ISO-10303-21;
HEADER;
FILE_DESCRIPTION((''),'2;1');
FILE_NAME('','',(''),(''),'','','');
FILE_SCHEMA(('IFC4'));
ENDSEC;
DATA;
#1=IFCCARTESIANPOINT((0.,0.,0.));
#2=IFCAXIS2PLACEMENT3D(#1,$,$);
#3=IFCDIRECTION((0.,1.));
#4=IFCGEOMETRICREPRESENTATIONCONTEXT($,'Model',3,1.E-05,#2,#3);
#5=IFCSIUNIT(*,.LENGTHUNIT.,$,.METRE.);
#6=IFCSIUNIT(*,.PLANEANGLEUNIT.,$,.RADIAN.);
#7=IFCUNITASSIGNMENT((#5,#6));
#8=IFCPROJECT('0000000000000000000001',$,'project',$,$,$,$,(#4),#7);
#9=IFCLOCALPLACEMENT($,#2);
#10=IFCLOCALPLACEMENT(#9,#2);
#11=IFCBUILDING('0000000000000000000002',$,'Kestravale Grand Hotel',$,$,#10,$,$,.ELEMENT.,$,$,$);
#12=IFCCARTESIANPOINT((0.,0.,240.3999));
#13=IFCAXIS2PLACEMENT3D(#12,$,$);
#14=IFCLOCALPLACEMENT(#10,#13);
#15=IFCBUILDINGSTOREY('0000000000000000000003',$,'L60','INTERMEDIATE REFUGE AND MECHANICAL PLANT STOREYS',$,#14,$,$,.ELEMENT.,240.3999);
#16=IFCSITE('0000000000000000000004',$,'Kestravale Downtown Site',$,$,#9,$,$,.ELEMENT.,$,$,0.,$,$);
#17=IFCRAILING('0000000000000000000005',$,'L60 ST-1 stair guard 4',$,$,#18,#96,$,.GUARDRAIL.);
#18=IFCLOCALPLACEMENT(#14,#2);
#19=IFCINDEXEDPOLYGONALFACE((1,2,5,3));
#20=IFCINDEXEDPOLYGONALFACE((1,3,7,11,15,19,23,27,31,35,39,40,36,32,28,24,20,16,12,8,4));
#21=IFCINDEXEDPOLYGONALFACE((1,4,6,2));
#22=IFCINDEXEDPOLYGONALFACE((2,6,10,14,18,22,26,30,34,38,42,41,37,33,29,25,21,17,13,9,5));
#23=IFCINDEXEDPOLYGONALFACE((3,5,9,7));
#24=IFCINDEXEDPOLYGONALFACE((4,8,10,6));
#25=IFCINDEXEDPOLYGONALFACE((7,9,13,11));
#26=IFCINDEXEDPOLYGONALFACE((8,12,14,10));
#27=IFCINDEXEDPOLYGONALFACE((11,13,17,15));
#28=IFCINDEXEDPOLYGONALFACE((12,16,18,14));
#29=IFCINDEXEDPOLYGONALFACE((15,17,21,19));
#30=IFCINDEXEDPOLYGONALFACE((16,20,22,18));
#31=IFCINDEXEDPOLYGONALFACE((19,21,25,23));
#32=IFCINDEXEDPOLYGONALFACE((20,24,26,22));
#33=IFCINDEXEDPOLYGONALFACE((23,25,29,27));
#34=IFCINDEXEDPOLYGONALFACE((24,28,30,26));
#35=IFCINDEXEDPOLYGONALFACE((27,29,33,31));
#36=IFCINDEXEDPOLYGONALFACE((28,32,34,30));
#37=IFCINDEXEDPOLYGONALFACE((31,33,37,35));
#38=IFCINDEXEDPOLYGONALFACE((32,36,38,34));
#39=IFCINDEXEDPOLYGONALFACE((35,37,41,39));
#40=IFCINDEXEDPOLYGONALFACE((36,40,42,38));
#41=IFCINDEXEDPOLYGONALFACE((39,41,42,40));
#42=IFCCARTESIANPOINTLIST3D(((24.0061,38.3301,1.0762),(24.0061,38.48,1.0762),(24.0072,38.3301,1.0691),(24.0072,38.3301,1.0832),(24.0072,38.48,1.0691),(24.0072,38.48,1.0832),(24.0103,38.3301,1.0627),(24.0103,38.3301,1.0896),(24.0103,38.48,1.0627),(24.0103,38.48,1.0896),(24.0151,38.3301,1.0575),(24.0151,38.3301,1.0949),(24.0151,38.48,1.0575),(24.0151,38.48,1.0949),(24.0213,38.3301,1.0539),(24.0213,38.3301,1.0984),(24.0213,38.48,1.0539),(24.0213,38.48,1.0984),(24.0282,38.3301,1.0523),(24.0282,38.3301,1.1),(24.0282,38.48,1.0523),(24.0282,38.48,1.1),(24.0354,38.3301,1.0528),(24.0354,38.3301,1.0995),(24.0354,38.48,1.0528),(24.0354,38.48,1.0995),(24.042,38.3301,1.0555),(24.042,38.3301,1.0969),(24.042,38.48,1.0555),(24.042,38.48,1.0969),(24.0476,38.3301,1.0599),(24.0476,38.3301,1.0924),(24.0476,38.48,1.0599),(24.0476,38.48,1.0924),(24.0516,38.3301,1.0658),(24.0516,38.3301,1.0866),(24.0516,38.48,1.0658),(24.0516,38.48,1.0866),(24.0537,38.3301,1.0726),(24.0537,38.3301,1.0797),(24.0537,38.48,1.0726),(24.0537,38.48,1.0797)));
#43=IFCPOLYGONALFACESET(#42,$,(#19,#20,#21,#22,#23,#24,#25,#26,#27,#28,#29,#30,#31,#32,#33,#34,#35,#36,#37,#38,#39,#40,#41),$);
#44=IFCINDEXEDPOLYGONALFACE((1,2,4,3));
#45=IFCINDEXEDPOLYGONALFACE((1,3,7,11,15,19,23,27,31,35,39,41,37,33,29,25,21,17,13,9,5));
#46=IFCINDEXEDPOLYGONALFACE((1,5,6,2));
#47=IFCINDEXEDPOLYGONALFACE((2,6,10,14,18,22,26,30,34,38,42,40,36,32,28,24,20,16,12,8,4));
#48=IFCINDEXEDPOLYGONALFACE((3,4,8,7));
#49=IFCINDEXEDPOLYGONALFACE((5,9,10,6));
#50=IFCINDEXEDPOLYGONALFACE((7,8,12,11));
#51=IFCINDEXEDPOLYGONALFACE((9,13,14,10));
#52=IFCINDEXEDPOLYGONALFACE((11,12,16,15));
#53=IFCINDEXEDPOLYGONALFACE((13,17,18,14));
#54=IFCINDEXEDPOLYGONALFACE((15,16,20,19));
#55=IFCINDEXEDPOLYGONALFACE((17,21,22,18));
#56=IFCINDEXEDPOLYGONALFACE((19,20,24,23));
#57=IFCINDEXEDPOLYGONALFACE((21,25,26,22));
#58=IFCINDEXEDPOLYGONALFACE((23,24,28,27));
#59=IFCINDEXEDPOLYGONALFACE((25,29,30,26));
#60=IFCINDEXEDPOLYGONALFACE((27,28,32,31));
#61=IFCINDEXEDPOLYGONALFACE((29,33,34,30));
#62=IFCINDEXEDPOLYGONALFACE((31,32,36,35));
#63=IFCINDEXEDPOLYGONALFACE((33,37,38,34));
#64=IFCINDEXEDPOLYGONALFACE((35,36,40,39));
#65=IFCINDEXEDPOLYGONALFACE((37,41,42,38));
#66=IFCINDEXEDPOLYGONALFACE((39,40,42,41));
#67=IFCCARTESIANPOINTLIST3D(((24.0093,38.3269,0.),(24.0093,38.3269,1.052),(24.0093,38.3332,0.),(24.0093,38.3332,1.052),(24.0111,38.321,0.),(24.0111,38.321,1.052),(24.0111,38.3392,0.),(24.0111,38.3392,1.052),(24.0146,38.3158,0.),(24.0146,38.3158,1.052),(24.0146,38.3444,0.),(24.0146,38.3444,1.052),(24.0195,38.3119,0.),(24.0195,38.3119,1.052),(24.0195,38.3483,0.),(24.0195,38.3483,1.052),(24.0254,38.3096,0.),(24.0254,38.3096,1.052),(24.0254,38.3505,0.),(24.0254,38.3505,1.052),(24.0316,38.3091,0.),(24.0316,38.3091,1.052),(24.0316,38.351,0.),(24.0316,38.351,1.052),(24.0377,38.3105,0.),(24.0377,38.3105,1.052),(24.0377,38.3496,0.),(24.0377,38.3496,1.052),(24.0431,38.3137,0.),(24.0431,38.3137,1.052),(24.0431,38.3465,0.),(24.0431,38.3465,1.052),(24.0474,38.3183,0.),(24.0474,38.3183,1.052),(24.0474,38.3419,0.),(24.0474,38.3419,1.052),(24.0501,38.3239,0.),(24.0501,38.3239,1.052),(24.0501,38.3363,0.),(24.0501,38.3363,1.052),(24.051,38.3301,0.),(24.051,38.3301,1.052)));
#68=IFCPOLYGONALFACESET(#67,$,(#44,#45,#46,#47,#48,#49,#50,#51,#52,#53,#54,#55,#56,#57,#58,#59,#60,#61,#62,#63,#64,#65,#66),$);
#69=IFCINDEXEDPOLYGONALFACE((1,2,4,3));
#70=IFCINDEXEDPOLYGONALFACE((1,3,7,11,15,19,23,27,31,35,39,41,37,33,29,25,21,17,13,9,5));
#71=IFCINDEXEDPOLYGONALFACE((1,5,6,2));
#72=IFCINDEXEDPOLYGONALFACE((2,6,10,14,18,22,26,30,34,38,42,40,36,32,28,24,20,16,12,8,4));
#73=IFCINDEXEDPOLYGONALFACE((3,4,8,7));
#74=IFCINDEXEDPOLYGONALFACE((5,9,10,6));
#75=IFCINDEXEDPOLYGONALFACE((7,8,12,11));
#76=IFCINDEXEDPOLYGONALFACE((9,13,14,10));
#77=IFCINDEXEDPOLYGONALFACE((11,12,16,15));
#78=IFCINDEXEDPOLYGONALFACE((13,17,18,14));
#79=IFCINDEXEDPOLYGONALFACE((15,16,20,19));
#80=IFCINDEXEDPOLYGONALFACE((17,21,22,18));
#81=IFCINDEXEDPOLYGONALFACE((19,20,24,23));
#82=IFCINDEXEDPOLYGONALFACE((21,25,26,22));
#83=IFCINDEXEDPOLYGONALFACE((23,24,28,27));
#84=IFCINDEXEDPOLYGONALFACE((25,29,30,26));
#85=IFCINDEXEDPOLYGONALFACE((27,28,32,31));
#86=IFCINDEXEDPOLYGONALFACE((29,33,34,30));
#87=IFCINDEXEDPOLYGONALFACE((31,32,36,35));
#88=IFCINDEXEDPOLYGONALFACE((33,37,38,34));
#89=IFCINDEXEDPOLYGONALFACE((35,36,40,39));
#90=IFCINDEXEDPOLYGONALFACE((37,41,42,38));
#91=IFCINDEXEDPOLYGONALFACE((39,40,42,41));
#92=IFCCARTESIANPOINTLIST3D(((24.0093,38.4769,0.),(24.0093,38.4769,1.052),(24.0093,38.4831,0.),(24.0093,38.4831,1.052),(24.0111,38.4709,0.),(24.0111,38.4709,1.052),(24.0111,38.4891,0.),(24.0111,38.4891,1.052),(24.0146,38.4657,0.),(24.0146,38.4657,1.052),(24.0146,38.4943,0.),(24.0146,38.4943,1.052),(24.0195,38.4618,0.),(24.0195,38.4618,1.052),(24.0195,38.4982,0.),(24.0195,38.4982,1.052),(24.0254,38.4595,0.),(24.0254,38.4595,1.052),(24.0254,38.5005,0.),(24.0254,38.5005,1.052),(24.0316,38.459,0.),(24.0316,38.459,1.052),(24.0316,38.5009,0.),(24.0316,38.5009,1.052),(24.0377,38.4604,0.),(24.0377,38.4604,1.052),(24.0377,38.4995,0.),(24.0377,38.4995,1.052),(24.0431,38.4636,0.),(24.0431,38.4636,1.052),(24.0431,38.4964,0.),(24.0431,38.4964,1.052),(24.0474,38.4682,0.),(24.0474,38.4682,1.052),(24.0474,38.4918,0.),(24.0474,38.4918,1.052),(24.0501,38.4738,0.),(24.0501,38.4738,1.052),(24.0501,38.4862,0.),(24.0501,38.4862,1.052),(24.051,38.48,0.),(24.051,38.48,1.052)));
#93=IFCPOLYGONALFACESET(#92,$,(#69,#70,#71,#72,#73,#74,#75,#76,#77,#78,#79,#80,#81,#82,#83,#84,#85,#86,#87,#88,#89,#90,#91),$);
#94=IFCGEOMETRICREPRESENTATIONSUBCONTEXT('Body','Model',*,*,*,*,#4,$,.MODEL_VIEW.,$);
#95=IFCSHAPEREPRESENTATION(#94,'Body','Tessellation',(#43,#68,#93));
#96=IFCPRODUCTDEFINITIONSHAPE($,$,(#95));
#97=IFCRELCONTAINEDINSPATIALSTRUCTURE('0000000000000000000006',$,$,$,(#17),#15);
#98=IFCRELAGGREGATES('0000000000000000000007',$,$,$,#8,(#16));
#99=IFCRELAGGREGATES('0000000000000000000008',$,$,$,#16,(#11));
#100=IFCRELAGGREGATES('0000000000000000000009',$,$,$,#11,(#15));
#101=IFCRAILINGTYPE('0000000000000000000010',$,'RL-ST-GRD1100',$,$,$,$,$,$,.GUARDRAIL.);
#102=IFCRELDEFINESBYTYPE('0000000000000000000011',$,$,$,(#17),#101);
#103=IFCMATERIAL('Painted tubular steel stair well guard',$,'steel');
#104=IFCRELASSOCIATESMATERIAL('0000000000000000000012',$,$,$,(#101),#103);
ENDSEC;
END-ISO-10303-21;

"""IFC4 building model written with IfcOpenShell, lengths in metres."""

from ifc_helpers import new_model, si_unit, direction, frame, origin, origin_2d, place, context, subcontext, project, spatial, circle, extrude, material, type_object, element, save


model = new_model("IFC4")

# Units and contexts
model_context = context("Model", 3, precision=1e-05, world=origin(), true_north=direction((0.0, 1.0)))
body_context = subcontext(model_context, "Body", "Model", "MODEL_VIEW")
ifc_project = project(units=[si_unit("LENGTHUNIT", "METRE"), si_unit("PLANEANGLEUNIT", "RADIAN")], contexts=[model_context])

# Site, building, storey
site_placement = place(None, origin())
site = spatial("IfcSite", under=ifc_project, at=site_placement, Name="Kestravale Downtown Site", CompositionType="ELEMENT", RefElevation=0.0)
building_placement = place(site_placement, origin())
building = spatial("IfcBuilding", under=site, at=building_placement, Name="Kestravale Grand Hotel", CompositionType="ELEMENT")
storey_placement = place(building_placement, frame((0.0, 0.0, 240.3999)))
storey = spatial("IfcBuildingStorey", under=building, at=storey_placement, Name="L60", Description="INTERMEDIATE REFUGE AND MECHANICAL PLANT STOREYS", CompositionType="ELEMENT", Elevation=240.3999)

# Railing
ifc_material_1 = material(Name="Painted tubular steel stair well guard", Category="steel")
railing_type_1 = type_object("IfcRailingType", Name="RL-ST-GRD1100", PredefinedType="GUARDRAIL", material=ifc_material_1)
railing_1_placement = place(storey_placement, frame((24.03, 38.3301, 0.0)))
element("IfcRailing", 1, at=railing_1_placement, inside=storey, type_object=railing_type_1, Name="L60 ST-1 stair guard 4", PredefinedType="GUARDRAIL", context=body_context, shape_type="SweptSolid", body=[
    extrude(circle(Radius=0.0239, at=origin_2d()), frame((0.0, 0.0, 1.0762), z_axis=(0.0, 1.0, 0.0), x_axis=(-1.0, 0.0, 0.0)), (0.0, 0.0, 1.0), 0.1499),
    extrude(circle(Radius=0.021, at=origin_2d()), origin(), (0.0, 0.0, 1.0), 1.052),
    extrude(circle(Radius=0.021, at=origin_2d()), frame((0.0, 0.1499, 0.0)), (0.0, 0.0, 1.0), 1.052),
])

save(model, "model.ifc")
